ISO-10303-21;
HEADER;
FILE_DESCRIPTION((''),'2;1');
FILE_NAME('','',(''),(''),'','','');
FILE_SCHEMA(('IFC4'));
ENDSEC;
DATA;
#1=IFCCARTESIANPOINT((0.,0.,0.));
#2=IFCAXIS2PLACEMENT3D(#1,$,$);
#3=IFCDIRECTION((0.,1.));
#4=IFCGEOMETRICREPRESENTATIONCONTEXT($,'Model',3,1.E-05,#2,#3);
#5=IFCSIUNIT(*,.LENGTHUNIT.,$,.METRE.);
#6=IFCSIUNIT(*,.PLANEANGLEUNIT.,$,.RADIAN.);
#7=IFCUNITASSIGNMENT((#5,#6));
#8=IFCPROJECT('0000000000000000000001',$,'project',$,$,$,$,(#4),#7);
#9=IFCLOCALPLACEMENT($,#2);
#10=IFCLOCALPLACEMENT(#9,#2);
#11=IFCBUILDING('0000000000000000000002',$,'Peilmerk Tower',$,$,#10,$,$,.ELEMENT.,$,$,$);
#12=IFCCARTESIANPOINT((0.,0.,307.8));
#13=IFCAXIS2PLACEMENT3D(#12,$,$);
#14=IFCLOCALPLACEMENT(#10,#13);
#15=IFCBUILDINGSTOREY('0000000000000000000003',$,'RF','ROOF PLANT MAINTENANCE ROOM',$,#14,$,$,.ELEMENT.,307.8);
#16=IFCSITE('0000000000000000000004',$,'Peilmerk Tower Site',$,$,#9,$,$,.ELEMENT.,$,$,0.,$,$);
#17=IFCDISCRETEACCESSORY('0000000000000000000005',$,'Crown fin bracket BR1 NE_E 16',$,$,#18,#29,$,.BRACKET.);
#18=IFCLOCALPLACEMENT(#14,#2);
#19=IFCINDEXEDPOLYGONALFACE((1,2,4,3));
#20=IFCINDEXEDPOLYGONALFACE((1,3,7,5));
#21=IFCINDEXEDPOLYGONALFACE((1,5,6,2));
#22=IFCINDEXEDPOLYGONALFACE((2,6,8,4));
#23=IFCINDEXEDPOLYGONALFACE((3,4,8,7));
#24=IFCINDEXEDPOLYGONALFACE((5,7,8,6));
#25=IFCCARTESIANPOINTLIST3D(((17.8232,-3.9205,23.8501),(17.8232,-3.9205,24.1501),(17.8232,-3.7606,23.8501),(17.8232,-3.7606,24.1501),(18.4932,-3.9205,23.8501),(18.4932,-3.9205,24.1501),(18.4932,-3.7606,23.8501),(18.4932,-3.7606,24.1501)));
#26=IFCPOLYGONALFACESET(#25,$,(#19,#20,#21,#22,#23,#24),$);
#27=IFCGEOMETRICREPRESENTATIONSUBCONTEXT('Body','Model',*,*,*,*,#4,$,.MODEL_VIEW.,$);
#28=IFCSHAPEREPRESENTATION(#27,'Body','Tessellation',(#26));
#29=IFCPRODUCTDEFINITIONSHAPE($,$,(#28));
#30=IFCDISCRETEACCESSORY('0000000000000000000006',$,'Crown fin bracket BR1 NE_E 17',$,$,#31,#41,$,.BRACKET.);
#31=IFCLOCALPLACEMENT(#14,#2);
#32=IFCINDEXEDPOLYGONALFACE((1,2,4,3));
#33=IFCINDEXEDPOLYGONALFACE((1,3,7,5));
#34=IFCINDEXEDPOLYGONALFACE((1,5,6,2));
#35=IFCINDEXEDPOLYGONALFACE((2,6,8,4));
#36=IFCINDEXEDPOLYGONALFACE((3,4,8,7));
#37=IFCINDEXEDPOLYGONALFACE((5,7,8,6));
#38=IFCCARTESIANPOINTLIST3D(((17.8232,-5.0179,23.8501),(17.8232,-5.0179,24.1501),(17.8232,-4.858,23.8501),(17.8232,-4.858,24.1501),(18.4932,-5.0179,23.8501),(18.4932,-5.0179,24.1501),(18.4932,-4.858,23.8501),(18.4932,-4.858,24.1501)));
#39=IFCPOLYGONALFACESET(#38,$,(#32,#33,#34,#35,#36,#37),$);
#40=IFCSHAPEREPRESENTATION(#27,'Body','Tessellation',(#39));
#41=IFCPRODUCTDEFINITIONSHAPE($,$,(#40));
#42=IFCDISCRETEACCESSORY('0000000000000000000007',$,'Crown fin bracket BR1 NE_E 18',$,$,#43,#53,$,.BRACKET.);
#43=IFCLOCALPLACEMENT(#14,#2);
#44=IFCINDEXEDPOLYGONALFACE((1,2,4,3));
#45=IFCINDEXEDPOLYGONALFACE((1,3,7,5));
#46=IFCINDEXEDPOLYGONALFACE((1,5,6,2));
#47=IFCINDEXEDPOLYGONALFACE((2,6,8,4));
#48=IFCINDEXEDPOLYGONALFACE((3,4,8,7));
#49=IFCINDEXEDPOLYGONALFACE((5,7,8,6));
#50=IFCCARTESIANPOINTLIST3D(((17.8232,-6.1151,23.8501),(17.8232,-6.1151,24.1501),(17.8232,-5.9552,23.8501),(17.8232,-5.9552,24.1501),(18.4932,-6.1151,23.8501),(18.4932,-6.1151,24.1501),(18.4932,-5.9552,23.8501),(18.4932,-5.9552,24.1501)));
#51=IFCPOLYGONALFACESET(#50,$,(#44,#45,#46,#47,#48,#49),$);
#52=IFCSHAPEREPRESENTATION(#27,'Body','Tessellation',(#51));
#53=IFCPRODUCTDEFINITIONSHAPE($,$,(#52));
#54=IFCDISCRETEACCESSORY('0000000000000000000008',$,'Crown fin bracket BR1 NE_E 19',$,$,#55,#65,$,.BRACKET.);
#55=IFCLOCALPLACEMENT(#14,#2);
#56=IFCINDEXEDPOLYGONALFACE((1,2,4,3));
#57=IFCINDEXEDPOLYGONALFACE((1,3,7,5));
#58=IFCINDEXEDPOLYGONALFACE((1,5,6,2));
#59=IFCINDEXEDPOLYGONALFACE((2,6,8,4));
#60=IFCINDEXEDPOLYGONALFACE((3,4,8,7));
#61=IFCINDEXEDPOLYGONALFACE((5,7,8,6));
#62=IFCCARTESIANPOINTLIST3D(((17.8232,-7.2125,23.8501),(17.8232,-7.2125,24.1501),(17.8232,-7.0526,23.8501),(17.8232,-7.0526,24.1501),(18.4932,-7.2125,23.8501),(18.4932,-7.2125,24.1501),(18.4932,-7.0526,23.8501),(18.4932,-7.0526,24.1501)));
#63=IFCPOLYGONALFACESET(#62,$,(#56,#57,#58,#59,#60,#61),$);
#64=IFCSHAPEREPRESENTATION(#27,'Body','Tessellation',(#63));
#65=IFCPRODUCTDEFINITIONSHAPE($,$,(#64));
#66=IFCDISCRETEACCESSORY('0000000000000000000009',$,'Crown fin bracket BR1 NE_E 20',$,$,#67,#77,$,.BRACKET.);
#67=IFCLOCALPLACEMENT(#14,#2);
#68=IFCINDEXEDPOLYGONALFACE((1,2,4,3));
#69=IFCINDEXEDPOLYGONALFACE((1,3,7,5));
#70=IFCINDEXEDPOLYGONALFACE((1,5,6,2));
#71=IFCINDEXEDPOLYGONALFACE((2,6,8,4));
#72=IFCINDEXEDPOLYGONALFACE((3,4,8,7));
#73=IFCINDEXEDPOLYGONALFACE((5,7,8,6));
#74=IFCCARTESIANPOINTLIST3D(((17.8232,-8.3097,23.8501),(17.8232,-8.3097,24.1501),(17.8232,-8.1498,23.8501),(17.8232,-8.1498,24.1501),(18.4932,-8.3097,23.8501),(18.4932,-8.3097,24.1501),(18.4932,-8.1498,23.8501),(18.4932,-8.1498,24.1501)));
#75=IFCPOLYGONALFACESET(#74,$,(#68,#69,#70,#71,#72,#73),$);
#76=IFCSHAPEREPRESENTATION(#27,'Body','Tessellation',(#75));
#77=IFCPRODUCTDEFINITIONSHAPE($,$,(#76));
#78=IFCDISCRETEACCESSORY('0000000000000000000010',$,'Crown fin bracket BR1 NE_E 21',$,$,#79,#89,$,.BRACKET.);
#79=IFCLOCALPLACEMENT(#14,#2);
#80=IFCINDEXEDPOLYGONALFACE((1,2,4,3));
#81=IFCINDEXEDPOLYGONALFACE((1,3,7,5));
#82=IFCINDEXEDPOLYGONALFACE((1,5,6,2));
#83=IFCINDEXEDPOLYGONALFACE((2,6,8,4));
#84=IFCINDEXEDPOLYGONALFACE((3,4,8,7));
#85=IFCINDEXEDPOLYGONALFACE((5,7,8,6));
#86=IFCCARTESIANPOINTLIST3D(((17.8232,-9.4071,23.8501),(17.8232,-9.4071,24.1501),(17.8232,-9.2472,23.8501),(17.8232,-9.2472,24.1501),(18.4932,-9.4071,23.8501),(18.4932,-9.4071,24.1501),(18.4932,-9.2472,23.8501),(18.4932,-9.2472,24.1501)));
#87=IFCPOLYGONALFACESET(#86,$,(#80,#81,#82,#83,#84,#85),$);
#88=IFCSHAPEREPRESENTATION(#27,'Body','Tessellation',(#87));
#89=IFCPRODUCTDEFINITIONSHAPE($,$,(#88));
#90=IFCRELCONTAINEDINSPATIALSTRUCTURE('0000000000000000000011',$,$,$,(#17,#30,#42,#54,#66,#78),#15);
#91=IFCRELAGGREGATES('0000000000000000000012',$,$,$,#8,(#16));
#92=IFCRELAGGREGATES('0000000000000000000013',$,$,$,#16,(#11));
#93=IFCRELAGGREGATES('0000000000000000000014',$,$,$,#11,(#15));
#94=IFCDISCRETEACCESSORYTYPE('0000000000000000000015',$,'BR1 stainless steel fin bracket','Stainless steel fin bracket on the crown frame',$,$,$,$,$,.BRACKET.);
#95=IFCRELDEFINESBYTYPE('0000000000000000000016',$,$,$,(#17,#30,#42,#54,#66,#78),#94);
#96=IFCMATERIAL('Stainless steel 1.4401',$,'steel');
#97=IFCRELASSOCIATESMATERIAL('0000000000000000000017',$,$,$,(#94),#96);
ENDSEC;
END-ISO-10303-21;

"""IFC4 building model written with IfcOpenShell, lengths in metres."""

from ifc_helpers import new_model, si_unit, direction, frame, origin, origin_2d, place, context, subcontext, project, spatial, rectangle, extrude, source, transform, mapped, material, type_object, element, save


model = new_model("IFC4")

# Units and contexts
model_context = context("Model", 3, precision=1e-05, world=origin(), true_north=direction((0.0, 1.0)))
body_context = subcontext(model_context, "Body", "Model", "MODEL_VIEW")
ifc_project = project(units=[si_unit("LENGTHUNIT", "METRE"), si_unit("PLANEANGLEUNIT", "RADIAN")], contexts=[model_context])

# Site, building, storey
site_placement = place(None, origin())
site = spatial("IfcSite", under=ifc_project, at=site_placement, Name="Peilmerk Tower Site", CompositionType="ELEMENT", RefElevation=0.0)
building_placement = place(site_placement, origin())
building = spatial("IfcBuilding", under=site, at=building_placement, Name="Peilmerk Tower", CompositionType="ELEMENT")
storey_placement = place(building_placement, frame((0.0, 0.0, 307.8)))
storey = spatial("IfcBuildingStorey", under=building, at=storey_placement, Name="RF", Description="ROOF PLANT MAINTENANCE ROOM", CompositionType="ELEMENT", Elevation=307.8)

# Discrete accessories
ifc_material_1 = material(Name="Stainless steel 1.4401", Category="steel")
discrete_accessory_type = type_object("IfcDiscreteAccessoryType", Name="BR1 stainless steel fin bracket", Description="Stainless steel fin bracket on the crown frame", PredefinedType="BRACKET", material=ifc_material_1)
shared_shape_1 = source(origin(), body_context, "Body", "SweptSolid", [
    extrude(rectangle(XDim=0.6699, YDim=0.1599, at=origin_2d()), origin(), (0.0, 0.0, 1.0), 0.3),
])
for number, where, z_axis, x_axis, name in (
    (1, (18.1582, -3.8406, 23.8501), (0.0, 0.0, 1.0), (1.0, 0.0, 0.0), "Crown fin bracket BR1 NE_E 16"),
    (2, (18.1582, -4.938, 23.8501), (0.0, 0.0, 1.0), (1.0, 0.0, 0.0), "Crown fin bracket BR1 NE_E 17"),
    (3, (18.1582, -6.0352, 23.8501), (0.0, 0.0, 1.0), (1.0, 0.0, 0.0), "Crown fin bracket BR1 NE_E 18"),
    (4, (18.1582, -7.1326, 23.8501), (0.0, 0.0, 1.0), (1.0, 0.0, 0.0), "Crown fin bracket BR1 NE_E 19"),
    (5, (18.1582, -8.2297, 23.8501), (0.0, 0.0, 1.0), (1.0, 0.0, 0.0), "Crown fin bracket BR1 NE_E 20"),
    (6, (18.1582, -9.3271, 23.8501), (0.0, 0.0, 1.0), (1.0, 0.0, 0.0), "Crown fin bracket BR1 NE_E 21"),
):
    element("IfcDiscreteAccessory", number, at=place(storey_placement, frame(where, z_axis=z_axis, x_axis=x_axis)), inside=storey, type_object=discrete_accessory_type, Name=name, PredefinedType="BRACKET", context=body_context, shape_type="MappedRepresentation", body=[
        mapped(shared_shape_1, transform((0.0, 0.0, 0.0), scale=1.0)),
    ])

save(model, "model.ifc")
